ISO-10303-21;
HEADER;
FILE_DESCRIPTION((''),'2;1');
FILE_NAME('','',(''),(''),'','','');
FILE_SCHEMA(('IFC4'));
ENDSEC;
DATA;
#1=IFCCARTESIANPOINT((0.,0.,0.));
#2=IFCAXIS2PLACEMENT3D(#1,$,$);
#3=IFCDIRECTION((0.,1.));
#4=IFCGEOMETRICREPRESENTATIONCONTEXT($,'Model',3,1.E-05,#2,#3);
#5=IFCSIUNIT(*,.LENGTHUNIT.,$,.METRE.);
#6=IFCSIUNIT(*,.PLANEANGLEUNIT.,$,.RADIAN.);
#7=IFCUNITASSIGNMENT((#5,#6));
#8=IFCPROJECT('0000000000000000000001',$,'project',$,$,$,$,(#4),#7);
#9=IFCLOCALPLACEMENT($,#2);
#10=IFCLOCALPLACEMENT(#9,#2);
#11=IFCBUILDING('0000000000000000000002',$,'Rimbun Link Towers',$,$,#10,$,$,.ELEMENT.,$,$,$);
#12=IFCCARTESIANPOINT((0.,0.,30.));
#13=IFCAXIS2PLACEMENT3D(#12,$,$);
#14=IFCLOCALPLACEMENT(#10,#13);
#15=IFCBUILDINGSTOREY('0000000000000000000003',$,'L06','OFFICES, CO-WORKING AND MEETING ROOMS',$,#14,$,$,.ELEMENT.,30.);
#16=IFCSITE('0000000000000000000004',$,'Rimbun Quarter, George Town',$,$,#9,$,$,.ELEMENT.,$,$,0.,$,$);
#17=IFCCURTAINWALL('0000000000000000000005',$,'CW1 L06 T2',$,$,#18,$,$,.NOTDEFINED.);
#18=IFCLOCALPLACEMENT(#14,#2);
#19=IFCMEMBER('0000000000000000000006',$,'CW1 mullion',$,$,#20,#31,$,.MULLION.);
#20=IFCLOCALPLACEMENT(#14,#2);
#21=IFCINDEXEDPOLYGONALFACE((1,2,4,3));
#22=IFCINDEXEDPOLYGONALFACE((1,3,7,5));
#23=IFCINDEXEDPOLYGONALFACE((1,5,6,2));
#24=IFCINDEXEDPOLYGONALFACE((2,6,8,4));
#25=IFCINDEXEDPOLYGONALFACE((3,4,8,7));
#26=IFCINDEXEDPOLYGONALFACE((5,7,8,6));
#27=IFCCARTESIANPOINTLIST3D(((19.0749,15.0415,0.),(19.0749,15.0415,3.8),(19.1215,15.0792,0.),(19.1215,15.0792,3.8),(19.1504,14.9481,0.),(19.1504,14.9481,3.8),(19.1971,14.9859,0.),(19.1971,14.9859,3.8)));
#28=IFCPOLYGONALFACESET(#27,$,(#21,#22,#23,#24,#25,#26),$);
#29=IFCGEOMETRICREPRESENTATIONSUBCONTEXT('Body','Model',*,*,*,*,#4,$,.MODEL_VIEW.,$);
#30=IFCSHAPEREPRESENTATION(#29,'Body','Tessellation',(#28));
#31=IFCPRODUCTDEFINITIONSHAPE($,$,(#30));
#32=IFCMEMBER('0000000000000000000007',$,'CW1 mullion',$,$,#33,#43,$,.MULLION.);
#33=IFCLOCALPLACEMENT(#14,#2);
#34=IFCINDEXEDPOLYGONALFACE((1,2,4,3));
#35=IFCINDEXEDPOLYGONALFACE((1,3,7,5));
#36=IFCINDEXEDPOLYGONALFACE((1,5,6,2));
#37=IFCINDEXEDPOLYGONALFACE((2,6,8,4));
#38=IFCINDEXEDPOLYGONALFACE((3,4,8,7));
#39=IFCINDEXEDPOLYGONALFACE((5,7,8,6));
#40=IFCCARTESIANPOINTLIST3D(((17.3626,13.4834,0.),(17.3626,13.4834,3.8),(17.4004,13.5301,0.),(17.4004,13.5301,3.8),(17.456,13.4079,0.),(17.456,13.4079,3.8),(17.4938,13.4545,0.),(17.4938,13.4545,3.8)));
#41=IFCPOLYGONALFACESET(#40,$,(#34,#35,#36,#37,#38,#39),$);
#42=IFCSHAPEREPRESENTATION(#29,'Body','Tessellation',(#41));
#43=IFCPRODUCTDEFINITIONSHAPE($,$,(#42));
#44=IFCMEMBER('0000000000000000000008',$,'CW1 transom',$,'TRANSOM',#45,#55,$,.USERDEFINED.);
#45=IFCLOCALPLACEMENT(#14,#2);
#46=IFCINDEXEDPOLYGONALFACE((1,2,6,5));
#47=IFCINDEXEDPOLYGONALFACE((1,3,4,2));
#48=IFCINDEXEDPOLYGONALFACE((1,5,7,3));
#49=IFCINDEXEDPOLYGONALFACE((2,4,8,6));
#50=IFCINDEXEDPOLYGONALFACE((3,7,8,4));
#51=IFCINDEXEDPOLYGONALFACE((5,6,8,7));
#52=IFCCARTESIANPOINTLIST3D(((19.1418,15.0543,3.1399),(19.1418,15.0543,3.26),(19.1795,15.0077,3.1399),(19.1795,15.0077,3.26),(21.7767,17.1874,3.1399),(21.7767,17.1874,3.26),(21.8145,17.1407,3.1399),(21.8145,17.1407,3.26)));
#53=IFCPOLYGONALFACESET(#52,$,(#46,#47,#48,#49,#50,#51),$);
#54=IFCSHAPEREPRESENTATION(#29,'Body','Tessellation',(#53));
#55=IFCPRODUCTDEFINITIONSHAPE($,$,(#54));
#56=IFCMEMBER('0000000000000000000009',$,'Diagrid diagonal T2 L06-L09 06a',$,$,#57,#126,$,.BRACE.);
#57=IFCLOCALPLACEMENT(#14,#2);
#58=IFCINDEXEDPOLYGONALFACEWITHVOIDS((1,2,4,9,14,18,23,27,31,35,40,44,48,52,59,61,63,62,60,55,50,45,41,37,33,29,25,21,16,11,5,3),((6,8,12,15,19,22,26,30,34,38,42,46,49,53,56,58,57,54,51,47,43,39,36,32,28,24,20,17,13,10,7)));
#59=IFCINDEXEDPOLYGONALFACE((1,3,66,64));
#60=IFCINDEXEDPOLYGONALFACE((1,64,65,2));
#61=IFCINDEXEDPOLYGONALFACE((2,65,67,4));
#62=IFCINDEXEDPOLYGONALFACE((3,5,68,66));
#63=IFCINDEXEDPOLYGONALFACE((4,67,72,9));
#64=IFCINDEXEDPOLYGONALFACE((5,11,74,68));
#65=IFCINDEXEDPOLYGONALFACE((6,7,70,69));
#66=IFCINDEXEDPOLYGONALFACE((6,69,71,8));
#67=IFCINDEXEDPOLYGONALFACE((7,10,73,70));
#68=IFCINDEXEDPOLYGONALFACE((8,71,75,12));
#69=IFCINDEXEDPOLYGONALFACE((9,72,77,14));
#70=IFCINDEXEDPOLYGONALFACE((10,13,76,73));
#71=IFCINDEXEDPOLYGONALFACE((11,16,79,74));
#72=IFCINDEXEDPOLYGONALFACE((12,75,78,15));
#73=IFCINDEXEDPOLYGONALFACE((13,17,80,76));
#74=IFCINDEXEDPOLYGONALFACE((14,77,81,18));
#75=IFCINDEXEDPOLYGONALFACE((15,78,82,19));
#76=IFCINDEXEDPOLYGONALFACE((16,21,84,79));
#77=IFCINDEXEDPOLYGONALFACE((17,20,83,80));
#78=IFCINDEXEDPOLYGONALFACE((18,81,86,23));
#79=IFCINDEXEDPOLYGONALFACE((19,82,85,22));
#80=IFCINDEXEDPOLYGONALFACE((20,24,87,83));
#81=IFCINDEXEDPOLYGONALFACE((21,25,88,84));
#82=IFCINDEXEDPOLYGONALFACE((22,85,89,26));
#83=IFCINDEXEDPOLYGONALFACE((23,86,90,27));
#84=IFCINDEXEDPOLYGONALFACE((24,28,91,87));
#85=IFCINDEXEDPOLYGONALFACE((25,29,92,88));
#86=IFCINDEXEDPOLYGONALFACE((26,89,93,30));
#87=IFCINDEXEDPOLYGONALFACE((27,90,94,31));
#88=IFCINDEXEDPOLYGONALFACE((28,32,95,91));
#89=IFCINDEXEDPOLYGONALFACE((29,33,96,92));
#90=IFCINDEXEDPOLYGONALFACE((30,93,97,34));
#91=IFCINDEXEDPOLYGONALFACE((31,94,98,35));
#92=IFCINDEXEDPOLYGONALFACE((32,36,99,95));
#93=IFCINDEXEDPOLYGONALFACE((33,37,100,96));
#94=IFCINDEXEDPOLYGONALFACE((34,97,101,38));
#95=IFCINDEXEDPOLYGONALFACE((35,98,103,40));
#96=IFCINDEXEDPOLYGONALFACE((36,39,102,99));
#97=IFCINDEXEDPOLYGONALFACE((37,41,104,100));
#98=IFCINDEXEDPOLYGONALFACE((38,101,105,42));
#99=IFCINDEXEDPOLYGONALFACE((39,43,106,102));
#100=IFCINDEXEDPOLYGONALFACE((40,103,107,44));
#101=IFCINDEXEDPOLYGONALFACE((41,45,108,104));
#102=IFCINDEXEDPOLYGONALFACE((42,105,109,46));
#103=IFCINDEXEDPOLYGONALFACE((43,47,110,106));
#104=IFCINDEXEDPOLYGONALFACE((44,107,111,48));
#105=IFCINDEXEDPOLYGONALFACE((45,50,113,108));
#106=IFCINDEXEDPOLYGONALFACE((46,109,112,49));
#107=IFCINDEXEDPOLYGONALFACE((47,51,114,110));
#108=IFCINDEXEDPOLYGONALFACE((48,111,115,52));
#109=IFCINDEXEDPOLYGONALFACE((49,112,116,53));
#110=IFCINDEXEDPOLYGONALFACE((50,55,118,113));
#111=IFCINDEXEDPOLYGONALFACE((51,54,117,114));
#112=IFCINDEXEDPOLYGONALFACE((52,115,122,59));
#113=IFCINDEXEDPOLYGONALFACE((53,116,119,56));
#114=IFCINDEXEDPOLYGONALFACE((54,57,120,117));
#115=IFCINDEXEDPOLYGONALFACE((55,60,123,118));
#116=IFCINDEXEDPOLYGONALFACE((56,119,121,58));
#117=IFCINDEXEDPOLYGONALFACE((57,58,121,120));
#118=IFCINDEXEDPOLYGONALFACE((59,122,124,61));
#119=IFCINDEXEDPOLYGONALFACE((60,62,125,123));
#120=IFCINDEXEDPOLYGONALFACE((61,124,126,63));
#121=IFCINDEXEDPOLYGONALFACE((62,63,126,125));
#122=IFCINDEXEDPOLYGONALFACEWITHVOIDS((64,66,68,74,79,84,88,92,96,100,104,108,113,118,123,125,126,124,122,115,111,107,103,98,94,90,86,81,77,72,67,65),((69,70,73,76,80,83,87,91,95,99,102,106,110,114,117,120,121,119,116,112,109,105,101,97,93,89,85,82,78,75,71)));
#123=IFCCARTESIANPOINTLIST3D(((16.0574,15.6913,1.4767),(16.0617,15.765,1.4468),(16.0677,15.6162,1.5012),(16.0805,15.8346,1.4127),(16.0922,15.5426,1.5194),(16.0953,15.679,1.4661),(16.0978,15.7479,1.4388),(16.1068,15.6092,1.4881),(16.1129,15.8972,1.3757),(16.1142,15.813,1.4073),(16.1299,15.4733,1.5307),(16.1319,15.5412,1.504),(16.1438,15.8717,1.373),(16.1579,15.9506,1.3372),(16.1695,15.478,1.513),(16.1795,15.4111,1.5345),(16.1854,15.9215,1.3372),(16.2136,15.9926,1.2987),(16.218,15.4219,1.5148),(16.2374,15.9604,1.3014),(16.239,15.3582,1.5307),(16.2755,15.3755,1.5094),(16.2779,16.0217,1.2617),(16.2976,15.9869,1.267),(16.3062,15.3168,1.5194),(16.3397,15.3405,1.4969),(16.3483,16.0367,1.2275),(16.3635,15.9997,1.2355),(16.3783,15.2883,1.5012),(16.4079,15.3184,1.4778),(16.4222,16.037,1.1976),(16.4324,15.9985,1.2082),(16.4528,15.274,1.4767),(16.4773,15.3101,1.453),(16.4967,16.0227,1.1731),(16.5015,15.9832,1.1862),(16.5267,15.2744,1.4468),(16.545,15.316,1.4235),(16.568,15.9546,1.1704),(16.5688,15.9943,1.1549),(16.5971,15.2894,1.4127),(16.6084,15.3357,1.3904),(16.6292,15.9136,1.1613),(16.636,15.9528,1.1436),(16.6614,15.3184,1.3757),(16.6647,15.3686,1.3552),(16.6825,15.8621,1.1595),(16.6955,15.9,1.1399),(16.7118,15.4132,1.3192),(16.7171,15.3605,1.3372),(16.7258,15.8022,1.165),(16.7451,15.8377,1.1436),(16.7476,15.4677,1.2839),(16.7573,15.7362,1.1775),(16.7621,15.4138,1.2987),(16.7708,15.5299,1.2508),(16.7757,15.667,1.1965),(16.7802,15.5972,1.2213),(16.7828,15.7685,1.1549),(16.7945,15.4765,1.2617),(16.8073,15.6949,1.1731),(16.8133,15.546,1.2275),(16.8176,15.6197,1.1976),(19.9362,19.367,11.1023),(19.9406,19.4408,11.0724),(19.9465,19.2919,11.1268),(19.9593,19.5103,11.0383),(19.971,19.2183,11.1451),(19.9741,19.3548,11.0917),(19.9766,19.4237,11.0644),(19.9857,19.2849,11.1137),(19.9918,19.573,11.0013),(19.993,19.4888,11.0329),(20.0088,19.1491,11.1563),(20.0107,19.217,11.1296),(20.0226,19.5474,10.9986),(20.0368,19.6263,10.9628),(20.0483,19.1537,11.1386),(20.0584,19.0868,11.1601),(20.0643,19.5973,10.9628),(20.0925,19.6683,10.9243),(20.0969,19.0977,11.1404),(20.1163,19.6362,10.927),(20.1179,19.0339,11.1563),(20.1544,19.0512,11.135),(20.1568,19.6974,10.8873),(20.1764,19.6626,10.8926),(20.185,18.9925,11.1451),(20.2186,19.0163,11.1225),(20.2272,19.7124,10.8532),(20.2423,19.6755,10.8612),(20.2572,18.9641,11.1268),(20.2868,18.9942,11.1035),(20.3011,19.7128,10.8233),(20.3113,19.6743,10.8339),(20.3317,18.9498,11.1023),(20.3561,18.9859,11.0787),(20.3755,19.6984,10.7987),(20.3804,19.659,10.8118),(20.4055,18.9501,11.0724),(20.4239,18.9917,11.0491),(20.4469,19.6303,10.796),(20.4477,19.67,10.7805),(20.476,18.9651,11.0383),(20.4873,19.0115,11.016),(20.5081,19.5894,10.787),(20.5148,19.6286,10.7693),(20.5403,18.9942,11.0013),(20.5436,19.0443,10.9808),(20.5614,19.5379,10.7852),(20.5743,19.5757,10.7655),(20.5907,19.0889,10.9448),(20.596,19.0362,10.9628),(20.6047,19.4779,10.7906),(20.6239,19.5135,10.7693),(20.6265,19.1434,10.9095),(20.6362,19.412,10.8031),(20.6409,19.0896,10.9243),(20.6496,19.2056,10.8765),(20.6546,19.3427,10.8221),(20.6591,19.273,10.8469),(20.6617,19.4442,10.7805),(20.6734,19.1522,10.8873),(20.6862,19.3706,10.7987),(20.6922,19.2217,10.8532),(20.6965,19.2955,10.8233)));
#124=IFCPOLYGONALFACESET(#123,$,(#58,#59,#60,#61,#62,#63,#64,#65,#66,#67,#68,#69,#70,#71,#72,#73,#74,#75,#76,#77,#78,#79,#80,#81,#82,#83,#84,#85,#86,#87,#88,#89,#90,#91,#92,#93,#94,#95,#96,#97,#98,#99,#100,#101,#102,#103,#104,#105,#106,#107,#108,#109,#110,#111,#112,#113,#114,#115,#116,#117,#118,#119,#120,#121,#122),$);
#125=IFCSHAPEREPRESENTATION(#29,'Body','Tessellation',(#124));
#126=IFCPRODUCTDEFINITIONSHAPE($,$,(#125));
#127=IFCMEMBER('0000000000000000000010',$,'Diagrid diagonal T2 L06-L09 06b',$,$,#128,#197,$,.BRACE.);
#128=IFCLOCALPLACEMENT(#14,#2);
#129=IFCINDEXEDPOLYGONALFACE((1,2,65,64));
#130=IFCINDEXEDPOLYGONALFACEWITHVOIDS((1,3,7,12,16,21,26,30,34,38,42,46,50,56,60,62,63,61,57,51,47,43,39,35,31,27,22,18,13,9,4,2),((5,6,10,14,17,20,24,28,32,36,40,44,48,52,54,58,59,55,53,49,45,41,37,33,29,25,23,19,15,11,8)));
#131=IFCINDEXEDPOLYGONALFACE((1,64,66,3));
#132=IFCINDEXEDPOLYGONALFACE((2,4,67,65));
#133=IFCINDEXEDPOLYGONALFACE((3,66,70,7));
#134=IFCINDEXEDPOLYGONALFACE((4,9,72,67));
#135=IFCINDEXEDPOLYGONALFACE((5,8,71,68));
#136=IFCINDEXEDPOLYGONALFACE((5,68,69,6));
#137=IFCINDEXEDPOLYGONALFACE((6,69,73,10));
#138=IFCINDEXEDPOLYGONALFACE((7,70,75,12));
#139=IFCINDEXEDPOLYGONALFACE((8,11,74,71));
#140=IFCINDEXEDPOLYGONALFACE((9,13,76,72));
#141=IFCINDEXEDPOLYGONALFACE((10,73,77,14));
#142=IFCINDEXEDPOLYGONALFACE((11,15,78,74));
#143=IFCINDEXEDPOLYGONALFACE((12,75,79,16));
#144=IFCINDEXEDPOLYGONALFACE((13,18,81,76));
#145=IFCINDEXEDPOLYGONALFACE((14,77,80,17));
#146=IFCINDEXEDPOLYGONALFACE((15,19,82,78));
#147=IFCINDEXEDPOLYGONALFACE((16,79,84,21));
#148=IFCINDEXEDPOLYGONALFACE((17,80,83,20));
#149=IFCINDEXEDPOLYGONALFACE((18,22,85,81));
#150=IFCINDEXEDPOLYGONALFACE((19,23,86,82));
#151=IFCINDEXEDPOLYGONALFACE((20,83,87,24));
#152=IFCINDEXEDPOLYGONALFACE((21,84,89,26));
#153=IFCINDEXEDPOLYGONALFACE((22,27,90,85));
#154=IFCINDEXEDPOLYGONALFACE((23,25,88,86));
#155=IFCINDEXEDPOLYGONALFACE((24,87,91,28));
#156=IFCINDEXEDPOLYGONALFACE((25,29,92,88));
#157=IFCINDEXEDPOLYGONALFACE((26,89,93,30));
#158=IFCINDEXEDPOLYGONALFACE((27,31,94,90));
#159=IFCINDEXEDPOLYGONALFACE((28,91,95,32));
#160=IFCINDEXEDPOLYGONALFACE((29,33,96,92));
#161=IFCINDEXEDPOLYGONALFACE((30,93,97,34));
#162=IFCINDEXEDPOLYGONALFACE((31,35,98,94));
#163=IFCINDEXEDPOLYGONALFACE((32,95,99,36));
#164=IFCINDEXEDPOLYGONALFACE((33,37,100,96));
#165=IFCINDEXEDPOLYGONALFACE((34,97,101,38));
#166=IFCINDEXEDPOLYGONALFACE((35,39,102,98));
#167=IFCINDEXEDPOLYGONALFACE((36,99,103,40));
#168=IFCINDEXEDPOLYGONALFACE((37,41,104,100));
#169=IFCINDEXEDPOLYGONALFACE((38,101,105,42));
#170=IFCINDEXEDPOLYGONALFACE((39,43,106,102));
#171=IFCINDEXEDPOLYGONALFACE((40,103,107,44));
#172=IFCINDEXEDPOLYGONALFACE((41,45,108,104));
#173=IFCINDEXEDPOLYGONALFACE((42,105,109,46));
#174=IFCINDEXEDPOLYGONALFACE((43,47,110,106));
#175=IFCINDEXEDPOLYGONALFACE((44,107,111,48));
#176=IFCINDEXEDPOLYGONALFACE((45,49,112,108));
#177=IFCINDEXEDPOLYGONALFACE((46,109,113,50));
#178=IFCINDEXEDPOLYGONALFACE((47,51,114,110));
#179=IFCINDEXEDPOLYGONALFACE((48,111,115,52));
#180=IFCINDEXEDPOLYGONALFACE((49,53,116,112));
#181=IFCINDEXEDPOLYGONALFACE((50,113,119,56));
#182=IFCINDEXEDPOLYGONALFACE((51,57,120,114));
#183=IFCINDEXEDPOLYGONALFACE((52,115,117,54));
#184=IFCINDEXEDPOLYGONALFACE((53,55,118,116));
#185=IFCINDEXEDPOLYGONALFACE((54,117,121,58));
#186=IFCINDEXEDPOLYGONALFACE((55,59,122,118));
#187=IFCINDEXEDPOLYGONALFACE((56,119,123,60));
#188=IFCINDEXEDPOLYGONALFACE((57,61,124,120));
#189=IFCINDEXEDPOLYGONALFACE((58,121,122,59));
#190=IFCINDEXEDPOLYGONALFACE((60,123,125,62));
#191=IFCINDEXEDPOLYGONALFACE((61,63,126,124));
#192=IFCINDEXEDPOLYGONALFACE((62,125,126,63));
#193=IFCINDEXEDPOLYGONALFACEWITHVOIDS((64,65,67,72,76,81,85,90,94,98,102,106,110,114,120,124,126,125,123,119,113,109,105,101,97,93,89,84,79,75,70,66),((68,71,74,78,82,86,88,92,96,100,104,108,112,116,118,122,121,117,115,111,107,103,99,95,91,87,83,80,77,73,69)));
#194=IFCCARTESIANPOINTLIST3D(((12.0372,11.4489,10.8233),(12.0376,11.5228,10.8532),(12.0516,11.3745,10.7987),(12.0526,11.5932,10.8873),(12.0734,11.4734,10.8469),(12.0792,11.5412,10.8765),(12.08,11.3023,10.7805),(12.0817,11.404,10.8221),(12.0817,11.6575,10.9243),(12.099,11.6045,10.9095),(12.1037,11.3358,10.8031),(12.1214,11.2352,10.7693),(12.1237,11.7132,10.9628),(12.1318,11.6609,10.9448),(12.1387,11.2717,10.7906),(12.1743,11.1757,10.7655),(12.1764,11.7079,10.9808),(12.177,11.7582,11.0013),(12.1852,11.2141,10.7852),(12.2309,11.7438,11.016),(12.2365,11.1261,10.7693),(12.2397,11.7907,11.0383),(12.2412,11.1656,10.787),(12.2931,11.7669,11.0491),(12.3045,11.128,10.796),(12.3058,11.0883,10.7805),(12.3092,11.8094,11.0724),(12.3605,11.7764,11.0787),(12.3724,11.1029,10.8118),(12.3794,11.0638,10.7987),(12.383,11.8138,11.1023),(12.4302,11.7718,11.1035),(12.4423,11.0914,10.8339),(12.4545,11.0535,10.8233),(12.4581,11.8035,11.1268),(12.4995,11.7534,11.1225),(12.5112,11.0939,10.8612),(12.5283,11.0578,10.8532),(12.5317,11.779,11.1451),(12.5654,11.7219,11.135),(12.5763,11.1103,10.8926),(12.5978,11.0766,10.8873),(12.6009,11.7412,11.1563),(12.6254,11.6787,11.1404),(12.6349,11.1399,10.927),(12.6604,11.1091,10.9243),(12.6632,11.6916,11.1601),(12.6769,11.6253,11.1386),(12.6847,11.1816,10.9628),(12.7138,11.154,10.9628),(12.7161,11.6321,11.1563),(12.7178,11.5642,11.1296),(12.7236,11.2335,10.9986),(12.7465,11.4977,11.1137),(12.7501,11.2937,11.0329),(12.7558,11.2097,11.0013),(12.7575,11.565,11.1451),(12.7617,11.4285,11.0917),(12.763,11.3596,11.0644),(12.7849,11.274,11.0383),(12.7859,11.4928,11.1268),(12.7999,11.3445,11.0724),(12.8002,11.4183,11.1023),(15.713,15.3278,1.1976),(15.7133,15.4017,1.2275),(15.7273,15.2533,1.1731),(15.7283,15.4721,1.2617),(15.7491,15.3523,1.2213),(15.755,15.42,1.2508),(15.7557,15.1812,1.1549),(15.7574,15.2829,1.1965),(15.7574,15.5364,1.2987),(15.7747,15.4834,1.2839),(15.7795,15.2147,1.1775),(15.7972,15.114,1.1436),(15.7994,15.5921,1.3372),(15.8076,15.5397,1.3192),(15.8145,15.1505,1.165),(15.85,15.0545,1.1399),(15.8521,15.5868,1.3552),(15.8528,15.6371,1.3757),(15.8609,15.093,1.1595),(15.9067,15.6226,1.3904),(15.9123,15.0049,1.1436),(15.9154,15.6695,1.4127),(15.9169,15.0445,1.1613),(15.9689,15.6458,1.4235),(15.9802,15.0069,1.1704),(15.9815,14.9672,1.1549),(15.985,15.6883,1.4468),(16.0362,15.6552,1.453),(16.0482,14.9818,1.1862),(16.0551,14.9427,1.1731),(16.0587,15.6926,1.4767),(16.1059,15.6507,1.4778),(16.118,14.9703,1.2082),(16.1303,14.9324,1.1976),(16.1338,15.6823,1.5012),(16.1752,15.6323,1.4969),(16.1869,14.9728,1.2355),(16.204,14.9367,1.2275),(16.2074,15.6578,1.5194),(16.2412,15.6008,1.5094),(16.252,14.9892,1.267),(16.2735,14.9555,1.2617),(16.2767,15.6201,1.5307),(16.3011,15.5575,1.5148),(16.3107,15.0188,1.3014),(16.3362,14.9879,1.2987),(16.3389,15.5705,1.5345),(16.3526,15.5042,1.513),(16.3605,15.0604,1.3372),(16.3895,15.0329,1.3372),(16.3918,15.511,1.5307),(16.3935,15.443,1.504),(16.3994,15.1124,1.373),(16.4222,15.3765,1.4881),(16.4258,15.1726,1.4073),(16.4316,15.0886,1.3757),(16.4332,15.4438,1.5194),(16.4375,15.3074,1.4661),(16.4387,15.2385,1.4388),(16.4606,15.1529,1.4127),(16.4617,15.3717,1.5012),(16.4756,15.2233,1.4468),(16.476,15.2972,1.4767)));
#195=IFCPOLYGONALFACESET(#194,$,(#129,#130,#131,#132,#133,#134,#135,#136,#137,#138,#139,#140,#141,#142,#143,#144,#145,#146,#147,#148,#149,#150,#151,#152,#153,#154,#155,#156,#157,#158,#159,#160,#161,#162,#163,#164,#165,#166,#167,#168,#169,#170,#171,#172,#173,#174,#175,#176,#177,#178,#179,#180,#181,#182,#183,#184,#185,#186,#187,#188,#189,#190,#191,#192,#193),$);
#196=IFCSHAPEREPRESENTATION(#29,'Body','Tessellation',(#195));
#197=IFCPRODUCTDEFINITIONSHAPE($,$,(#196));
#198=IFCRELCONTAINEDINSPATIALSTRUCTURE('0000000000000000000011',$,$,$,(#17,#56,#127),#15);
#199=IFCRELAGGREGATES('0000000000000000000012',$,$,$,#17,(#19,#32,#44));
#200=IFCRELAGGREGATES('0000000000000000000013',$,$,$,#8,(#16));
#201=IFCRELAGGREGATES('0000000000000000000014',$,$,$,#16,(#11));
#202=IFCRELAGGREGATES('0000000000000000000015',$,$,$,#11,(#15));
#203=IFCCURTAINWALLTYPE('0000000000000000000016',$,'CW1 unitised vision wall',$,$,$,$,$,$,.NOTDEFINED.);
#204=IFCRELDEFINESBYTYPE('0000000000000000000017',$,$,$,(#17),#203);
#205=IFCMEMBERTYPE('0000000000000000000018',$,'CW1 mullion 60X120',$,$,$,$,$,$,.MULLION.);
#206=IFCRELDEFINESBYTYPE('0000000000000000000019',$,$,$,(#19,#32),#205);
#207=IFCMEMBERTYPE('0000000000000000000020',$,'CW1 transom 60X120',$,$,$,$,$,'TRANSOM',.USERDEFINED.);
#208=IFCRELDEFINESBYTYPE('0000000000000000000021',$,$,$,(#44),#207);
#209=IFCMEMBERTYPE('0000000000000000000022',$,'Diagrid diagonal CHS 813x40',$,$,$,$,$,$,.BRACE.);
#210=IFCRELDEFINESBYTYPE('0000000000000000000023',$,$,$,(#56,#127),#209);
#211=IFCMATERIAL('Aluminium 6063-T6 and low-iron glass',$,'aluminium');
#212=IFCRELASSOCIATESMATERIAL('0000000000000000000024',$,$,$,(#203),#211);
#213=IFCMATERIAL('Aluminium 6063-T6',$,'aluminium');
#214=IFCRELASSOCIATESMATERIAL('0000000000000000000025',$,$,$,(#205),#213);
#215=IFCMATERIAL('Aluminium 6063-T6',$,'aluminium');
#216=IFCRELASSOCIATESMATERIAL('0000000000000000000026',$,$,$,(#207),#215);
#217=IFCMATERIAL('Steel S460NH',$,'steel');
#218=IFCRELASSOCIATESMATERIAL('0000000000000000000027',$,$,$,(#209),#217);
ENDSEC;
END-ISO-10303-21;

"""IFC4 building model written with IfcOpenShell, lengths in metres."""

from ifc_helpers import new_model, si_unit, direction, frame, origin, origin_2d, place, context, subcontext, project, spatial, rectangle, hollow_circle, extrude, material, material_profile, profile_set, type_object, element, aggregate, save


model = new_model("IFC4")

# Units and contexts
model_context = context("Model", 3, precision=1e-05, world=origin(), true_north=direction((0.0, 1.0)))
body_context = subcontext(model_context, "Body", "Model", "MODEL_VIEW")
ifc_project = project(units=[si_unit("LENGTHUNIT", "METRE"), si_unit("PLANEANGLEUNIT", "RADIAN")], contexts=[model_context])

# Site, building, storey
site_placement = place(None, origin())
site = spatial("IfcSite", under=ifc_project, at=site_placement, Name="Rimbun Quarter, George Town", CompositionType="ELEMENT", RefElevation=0.0)
building_placement = place(site_placement, origin())
building = spatial("IfcBuilding", under=site, at=building_placement, Name="Rimbun Link Towers", CompositionType="ELEMENT")
storey_placement = place(building_placement, frame((0.0, 0.0, 30.0)))
storey = spatial("IfcBuildingStorey", under=building, at=storey_placement, Name="L06", Description="OFFICES, CO-WORKING AND MEETING ROOMS", CompositionType="ELEMENT", Elevation=30.0)

# Curtain wall, members
ifc_material_1 = material(Name="Aluminium 6063-T6 and low-iron glass", Category="aluminium")
curtain_wall_type = type_object("IfcCurtainWallType", Name="CW1 unitised vision wall", PredefinedType="NOTDEFINED", material=ifc_material_1)
curtain_wall_placement = place(storey_placement, origin())
curtain_wall = element("IfcCurtainWall", 1, at=curtain_wall_placement, inside=storey, type_object=curtain_wall_type, Name="CW1 L06 T2", PredefinedType="NOTDEFINED")
ifc_material_2 = material(Name="Aluminium 6063-T6", Category="aluminium")
ifc_material_profile_1 = material_profile(ifc_material_2, rectangle(XDim=0.1201, YDim=0.0601, at=origin_2d()), Name="MULLION 60X120")
ifc_profile_set_1 = profile_set([ifc_material_profile_1], Name="Aluminium 6063-T6")
member_type_1 = type_object("IfcMemberType", Name="CW1 mullion 60X120", PredefinedType="MULLION", material=ifc_profile_set_1)
member_1_placement = place(storey_placement, frame((19.136, 15.0137, 0.0), z_axis=(0.0, 0.0, 1.0), x_axis=(-0.629151, 0.777283, 0.0)))
member_1 = element("IfcMember", 2, at=member_1_placement, type_object=member_type_1, Name="CW1 mullion", PredefinedType="MULLION", context=body_context, shape_type="SweptSolid", body=[
    extrude(rectangle(XDim=0.1201, YDim=0.0601, at=origin_2d()), origin(), (0.0, 0.0, 1.0), 3.8),
])
member_2_placement = place(storey_placement, frame((17.4282, 13.469, 0.0), z_axis=(0.0, 0.0, 1.0), x_axis=(-0.777283, 0.629151, 0.0)))
member_2 = element("IfcMember", 3, at=member_2_placement, type_object=member_type_1, Name="CW1 mullion", PredefinedType="MULLION", context=body_context, shape_type="SweptSolid", body=[
    extrude(rectangle(XDim=0.1201, YDim=0.0601, at=origin_2d()), origin(), (0.0, 0.0, 1.0), 3.8),
])
ifc_material_3 = material(Name="Aluminium 6063-T6", Category="aluminium")
ifc_material_profile_2 = material_profile(ifc_material_3, rectangle(XDim=0.0601, YDim=0.1201, at=origin_2d()), Name="TRANSOM 60X120")
ifc_profile_set_2 = profile_set([ifc_material_profile_2], Name="Aluminium 6063-T6")
member_type_2 = type_object("IfcMemberType", Name="CW1 transom 60X120", ElementType="TRANSOM", PredefinedType="USERDEFINED", material=ifc_profile_set_2)
member_3_placement = place(storey_placement, frame((19.1606, 15.031, 3.2), z_axis=(0.777252, 0.62919, 0.0), x_axis=(-0.62919, 0.777252, 0.0)))
member_3 = element("IfcMember", 4, at=member_3_placement, type_object=member_type_2, Name="CW1 transom", ObjectType="TRANSOM", PredefinedType="USERDEFINED", context=body_context, shape_type="SweptSolid", body=[
    extrude(rectangle(XDim=0.0601, YDim=0.1201, at=origin_2d()), origin(), (0.0, 0.0, 1.0), 3.3901),
])

# Members
ifc_material_4 = material(Name="Steel S460NH", Category="steel")
ifc_material_profile_3 = material_profile(ifc_material_4, hollow_circle(Radius=0.4065, WallThickness=0.04, at=origin_2d()), Name="Diagrid diagonal CHS 813x40")
ifc_profile_set_3 = profile_set([ifc_material_profile_3], Name="Steel S460NH")
member_type_3 = type_object("IfcMemberType", Name="Diagrid diagonal CHS 813x40", PredefinedType="BRACE", material=ifc_profile_set_3)
for number, where, z_axis, x_axis, name in (
    (5, (16.4375, 15.6555, 1.3372), (0.352319, 0.33387, 0.874301), (-0.687846, 0.725857, 0.0), "Diagrid diagonal T2 L06-L09 06a"),
    (6, (16.0945, 15.3125, 1.3372), (-0.33387, -0.352319, 0.874301), (0.725857, -0.687846, 0.0), "Diagrid diagonal T2 L06-L09 06b"),
):
    element("IfcMember", number, at=place(storey_placement, frame(where, z_axis=z_axis, x_axis=x_axis)), inside=storey, type_object=member_type_3, Name=name, PredefinedType="BRACE", context=body_context, shape_type="SweptSolid", body=[
        extrude(hollow_circle(Radius=0.4065, WallThickness=0.04, at=origin_2d()), origin(), (0.0, 0.0, 1.0), 11.0095),
    ])

aggregate(curtain_wall, [member_1, member_2, member_3])

save(model, "model.ifc")
